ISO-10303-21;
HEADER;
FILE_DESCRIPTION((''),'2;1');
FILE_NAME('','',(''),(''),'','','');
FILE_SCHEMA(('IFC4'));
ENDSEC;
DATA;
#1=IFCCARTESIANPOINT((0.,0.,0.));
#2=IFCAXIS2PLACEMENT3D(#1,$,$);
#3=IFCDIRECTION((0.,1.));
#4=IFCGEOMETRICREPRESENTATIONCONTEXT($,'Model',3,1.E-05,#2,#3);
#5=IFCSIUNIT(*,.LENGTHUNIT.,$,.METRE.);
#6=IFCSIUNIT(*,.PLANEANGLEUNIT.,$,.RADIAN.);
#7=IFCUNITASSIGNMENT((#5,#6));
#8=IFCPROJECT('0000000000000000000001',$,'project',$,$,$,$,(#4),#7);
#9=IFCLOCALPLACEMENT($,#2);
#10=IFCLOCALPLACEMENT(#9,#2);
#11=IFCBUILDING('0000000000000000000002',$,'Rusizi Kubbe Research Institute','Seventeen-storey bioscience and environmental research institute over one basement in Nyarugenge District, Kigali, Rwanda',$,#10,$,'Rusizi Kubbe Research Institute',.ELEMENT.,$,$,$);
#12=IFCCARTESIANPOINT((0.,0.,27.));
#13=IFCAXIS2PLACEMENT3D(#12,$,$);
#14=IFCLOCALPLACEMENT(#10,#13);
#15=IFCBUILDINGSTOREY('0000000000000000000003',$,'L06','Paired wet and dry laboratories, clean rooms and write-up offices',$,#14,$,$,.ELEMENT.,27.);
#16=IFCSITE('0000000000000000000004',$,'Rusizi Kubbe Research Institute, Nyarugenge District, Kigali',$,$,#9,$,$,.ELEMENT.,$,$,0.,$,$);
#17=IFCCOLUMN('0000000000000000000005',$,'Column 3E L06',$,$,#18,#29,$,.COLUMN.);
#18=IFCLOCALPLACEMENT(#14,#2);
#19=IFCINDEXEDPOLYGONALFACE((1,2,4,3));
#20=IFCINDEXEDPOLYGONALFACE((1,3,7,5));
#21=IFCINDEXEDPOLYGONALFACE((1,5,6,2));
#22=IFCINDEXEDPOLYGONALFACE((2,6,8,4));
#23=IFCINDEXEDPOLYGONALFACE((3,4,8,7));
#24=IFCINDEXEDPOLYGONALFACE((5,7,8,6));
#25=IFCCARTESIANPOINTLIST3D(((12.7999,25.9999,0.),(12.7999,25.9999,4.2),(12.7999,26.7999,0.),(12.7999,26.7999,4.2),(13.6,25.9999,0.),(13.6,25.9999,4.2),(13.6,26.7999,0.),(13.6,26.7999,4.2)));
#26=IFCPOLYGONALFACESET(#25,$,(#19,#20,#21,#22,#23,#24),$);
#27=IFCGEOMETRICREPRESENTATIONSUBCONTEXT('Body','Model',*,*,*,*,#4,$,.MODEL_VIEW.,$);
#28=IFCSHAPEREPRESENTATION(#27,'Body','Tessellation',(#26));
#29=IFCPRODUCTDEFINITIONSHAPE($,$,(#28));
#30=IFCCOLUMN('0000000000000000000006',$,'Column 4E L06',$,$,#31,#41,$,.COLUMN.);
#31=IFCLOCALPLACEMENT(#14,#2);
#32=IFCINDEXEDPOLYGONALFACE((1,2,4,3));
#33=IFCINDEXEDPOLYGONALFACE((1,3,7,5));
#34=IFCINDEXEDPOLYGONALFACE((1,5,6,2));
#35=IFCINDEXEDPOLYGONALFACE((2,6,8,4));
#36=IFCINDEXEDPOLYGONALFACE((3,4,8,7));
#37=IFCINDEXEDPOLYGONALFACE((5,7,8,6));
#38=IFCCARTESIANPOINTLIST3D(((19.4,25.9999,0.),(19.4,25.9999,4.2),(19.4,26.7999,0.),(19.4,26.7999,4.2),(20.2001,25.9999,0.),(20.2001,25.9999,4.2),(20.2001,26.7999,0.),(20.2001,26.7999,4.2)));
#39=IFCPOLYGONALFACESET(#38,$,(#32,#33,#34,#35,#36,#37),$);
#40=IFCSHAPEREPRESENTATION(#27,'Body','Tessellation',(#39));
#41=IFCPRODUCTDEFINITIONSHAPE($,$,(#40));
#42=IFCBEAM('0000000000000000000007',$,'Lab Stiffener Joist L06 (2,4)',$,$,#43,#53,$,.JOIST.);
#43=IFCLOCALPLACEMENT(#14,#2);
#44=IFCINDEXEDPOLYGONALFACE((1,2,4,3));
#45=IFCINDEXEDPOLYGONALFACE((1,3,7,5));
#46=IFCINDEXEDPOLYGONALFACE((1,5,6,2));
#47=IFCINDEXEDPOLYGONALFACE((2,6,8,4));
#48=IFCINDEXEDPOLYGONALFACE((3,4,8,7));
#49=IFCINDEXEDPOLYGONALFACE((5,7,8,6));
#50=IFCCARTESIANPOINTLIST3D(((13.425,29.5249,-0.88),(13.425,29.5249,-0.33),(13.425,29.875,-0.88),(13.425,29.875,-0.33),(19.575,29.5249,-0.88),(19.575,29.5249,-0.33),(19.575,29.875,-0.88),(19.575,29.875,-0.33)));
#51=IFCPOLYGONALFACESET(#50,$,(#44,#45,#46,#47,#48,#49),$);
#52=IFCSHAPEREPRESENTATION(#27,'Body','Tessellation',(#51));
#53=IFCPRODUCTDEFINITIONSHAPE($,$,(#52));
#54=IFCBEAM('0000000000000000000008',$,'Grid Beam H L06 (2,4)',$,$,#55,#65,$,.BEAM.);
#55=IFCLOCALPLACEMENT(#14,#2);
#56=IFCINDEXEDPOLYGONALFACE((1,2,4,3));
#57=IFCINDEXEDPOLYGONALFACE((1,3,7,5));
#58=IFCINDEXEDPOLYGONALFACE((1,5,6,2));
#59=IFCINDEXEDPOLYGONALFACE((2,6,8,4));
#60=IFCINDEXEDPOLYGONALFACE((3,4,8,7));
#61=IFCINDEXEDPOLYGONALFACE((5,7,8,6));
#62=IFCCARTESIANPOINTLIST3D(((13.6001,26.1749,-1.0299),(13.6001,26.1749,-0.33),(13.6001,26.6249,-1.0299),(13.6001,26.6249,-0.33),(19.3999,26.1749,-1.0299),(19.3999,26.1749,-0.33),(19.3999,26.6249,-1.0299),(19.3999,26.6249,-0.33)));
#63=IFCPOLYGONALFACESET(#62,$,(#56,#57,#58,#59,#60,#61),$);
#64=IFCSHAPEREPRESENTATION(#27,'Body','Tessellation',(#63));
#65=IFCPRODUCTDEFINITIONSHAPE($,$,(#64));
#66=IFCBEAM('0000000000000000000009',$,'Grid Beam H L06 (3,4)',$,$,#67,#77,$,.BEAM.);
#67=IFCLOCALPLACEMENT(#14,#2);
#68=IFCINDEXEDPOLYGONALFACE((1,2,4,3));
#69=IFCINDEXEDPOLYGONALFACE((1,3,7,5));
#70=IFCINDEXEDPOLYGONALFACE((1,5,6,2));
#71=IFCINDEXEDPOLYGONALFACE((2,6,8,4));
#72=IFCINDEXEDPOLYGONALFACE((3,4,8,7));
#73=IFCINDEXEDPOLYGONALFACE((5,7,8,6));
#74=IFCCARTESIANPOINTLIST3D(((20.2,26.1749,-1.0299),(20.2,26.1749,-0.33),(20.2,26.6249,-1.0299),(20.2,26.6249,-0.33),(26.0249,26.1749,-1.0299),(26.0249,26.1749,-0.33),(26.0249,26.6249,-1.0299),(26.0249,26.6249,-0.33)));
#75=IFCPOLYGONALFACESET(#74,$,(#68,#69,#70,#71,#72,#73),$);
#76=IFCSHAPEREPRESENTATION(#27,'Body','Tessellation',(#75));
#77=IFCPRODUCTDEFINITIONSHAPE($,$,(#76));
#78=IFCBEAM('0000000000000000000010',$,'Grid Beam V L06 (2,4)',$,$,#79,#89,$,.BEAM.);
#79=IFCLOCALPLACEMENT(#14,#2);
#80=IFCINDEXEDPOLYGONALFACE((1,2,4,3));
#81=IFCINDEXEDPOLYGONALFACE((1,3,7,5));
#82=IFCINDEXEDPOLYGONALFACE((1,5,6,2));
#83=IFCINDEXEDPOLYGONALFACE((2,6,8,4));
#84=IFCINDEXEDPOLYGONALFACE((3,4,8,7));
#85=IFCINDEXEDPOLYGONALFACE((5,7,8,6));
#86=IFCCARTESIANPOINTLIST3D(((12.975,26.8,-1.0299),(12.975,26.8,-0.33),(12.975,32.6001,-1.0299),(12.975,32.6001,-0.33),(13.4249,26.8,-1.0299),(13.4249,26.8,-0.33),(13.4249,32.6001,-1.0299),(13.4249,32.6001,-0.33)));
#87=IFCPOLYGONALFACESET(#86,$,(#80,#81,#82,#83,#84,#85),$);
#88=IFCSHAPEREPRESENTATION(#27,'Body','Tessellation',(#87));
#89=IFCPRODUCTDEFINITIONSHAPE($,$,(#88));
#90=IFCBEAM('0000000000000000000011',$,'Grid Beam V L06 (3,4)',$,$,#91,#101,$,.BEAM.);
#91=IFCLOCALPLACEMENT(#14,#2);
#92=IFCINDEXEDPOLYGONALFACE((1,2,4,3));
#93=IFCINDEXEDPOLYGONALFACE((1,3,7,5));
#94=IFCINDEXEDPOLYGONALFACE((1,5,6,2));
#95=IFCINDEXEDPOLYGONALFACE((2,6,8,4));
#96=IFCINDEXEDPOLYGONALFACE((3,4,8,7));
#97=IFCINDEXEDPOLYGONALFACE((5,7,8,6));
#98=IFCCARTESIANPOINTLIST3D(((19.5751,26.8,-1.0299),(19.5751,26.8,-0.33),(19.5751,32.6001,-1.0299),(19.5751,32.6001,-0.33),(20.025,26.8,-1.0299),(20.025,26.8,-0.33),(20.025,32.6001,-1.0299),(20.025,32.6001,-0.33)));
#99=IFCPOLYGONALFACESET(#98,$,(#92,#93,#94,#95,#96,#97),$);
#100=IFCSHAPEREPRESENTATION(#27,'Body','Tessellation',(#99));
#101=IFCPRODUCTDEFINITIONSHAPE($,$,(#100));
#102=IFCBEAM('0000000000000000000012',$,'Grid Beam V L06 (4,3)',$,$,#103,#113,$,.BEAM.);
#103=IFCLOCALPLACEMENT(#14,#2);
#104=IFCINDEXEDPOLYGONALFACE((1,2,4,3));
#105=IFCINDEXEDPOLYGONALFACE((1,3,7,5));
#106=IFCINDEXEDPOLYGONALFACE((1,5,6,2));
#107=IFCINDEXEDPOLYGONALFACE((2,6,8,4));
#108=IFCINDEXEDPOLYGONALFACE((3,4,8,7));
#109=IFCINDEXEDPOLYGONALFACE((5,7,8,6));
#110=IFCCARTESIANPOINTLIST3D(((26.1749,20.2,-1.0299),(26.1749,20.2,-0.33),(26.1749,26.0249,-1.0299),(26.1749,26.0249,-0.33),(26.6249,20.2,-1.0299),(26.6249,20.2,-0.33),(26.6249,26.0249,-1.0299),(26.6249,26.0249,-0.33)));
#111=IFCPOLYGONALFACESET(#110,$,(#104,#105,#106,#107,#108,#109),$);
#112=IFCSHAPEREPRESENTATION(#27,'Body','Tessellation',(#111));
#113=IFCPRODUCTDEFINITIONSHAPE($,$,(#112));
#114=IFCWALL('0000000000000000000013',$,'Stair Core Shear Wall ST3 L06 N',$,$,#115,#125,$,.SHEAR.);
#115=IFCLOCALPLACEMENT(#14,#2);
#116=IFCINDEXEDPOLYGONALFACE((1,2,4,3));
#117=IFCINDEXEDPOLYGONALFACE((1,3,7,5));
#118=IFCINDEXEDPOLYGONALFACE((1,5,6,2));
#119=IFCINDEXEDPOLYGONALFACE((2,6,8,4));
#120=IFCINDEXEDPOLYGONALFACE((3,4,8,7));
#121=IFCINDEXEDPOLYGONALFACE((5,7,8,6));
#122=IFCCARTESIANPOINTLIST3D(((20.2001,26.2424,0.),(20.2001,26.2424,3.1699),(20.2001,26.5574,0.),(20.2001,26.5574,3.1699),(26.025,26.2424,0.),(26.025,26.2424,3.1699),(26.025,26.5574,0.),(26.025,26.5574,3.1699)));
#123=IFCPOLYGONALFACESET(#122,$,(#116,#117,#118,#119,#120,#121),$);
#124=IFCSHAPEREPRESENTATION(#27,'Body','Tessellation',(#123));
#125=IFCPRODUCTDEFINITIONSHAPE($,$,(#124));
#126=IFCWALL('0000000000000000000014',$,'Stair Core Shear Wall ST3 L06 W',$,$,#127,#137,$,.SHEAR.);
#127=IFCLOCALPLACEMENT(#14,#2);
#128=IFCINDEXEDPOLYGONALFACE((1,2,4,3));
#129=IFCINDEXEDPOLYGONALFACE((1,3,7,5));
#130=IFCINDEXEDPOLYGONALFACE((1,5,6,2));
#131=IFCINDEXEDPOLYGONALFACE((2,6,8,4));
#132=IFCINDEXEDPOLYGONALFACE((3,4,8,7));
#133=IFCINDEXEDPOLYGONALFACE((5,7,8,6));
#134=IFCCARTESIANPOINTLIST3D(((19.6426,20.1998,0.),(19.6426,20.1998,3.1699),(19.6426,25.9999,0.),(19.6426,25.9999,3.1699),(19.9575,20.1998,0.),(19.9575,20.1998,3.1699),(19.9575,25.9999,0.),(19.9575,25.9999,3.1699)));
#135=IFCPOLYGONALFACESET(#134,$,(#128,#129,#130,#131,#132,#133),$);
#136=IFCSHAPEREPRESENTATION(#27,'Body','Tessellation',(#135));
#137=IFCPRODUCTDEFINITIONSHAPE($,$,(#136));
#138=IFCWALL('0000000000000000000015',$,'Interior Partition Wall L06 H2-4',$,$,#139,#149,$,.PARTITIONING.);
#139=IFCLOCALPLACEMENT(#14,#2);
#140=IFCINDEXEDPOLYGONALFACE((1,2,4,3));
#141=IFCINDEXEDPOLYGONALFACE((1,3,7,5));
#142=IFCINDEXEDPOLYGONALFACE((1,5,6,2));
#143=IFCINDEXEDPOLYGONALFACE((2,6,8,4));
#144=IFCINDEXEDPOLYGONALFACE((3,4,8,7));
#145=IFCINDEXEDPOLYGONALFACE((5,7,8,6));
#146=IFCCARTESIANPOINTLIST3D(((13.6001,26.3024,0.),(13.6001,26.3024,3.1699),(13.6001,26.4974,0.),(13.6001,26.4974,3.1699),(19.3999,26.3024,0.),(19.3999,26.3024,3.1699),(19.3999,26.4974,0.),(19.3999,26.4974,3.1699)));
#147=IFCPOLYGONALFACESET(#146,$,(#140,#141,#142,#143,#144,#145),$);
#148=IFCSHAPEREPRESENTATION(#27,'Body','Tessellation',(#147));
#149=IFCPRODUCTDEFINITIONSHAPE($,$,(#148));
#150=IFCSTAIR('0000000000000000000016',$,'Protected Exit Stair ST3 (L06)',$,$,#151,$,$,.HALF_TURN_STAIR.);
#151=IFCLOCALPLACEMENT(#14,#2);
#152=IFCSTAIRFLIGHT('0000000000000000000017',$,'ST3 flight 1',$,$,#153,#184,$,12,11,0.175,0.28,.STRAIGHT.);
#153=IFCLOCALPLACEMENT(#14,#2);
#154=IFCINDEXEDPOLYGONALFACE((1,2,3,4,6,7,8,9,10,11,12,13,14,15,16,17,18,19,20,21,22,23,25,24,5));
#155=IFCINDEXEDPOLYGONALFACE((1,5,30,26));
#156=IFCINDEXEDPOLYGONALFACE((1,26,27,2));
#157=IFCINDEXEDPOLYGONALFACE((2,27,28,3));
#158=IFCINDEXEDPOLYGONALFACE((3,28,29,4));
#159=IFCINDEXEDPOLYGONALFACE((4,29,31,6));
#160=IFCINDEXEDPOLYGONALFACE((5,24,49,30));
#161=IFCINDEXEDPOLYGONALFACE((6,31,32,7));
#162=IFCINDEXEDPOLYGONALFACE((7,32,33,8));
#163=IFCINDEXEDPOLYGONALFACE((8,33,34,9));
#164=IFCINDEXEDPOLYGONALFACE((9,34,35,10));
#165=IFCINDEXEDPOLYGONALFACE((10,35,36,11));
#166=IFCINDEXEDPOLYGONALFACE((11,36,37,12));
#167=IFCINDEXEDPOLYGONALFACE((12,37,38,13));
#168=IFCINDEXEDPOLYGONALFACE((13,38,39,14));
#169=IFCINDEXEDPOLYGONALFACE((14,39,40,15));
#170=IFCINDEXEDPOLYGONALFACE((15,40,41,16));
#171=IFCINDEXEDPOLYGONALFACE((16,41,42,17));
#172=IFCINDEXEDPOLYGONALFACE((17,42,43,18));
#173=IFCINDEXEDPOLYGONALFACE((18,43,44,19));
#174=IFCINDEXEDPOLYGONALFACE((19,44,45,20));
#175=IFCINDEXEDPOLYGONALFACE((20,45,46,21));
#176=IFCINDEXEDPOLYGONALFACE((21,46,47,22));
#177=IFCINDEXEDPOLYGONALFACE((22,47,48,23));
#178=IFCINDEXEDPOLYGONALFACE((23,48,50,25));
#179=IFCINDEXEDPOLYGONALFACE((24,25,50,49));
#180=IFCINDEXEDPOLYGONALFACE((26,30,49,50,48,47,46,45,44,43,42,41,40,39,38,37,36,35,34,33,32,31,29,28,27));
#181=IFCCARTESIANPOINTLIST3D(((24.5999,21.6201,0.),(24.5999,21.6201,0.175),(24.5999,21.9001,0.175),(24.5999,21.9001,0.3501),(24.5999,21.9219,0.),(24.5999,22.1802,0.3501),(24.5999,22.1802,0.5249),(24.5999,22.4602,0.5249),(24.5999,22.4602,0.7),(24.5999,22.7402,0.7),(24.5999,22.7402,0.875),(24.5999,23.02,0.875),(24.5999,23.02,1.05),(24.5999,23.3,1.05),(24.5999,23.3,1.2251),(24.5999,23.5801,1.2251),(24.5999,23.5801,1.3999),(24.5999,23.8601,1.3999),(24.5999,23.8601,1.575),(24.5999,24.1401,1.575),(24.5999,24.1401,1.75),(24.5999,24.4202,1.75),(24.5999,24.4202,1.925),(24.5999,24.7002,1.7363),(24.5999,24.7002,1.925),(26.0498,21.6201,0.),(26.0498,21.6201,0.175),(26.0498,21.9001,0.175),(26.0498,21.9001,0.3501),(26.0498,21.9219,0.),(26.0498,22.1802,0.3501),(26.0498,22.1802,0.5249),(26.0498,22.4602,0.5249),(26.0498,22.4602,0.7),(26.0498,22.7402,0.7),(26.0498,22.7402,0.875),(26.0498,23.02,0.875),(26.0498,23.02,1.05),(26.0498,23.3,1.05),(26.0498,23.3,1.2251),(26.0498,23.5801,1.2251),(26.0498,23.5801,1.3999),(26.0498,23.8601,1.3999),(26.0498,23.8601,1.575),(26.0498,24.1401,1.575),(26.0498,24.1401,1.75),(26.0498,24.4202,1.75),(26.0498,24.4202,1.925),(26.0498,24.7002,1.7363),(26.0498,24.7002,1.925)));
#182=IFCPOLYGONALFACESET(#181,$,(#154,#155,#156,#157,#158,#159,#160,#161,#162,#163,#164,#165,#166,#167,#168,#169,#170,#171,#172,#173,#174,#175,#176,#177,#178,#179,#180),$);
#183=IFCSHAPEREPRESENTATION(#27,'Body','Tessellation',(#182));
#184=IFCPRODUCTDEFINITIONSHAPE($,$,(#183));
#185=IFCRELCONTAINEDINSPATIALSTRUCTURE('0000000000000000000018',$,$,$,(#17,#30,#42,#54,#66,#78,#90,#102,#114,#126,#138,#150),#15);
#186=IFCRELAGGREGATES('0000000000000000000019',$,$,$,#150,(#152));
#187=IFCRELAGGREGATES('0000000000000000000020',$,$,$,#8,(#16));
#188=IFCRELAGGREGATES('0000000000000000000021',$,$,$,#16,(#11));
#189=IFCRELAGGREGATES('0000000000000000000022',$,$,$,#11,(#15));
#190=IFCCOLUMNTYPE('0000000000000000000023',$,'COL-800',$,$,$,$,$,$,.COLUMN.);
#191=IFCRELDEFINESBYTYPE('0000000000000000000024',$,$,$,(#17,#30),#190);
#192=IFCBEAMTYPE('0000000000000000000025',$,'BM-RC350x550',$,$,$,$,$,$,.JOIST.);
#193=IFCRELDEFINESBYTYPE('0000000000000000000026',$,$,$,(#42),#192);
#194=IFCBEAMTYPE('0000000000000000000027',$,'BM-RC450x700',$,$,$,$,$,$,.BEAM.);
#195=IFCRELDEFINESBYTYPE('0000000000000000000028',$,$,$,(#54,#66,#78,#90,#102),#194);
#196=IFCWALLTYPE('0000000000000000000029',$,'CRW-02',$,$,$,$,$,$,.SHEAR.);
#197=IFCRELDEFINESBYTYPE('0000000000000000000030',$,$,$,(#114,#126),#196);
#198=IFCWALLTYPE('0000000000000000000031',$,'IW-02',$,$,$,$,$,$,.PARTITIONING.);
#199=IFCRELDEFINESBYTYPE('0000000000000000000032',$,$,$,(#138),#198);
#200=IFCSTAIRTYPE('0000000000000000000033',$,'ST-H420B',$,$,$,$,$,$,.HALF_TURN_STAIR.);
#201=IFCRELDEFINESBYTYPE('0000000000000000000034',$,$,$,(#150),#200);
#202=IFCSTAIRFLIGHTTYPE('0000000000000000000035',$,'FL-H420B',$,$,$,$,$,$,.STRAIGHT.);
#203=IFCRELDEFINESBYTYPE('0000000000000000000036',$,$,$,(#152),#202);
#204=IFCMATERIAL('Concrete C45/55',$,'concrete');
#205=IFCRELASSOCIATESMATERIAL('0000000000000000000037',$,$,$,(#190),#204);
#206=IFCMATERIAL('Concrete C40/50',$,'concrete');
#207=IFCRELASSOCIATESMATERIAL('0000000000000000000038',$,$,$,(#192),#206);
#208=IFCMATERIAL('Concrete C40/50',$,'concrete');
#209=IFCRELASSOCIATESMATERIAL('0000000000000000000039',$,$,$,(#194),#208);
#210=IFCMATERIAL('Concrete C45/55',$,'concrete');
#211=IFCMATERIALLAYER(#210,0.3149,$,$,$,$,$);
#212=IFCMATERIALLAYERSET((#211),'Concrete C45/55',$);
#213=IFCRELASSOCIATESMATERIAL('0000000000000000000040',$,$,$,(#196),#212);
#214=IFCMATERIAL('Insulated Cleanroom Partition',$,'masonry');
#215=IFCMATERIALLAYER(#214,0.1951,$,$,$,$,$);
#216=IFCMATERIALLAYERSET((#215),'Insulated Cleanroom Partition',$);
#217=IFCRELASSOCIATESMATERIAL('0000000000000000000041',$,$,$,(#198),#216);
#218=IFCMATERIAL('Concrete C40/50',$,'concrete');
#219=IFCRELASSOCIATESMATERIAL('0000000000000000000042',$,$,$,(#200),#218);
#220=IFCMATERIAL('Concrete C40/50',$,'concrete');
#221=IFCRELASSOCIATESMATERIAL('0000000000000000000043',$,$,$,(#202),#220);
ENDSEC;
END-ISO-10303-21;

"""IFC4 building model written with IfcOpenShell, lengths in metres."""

from ifc_helpers import new_model, si_unit, direction, frame, frame_2d, origin, origin_2d, place, context, subcontext, project, spatial, polyline, rectangle, outline, extrude, material, layer, layer_set, material_profile, profile_set, type_object, element, aggregate, save


model = new_model("IFC4")

# Units and contexts
model_context = context("Model", 3, precision=1e-05, world=origin(), true_north=direction((0.0, 1.0)))
body_context = subcontext(model_context, "Body", "Model", "MODEL_VIEW")
ifc_project = project(units=[si_unit("LENGTHUNIT", "METRE"), si_unit("PLANEANGLEUNIT", "RADIAN")], contexts=[model_context])

# Site, building, storey
site_placement = place(None, origin())
site = spatial("IfcSite", under=ifc_project, at=site_placement, Name="Rusizi Kubbe Research Institute, Nyarugenge District, Kigali", CompositionType="ELEMENT", RefElevation=0.0)
building_placement = place(site_placement, origin())
building = spatial("IfcBuilding", under=site, at=building_placement, Name="Rusizi Kubbe Research Institute", Description="Seventeen-storey bioscience and environmental research institute over one basement in Nyarugenge District, Kigali, Rwanda", LongName="Rusizi Kubbe Research Institute", CompositionType="ELEMENT")
storey_placement = place(building_placement, frame((0.0, 0.0, 27.0)))
storey = spatial("IfcBuildingStorey", under=building, at=storey_placement, Name="L06", Description="Paired wet and dry laboratories, clean rooms and write-up offices", CompositionType="ELEMENT", Elevation=27.0)

# Columns
ifc_material_1 = material(Name="Concrete C45/55", Category="concrete")
ifc_material_profile_1 = material_profile(ifc_material_1, rectangle(XDim=0.8, YDim=0.8, at=origin_2d()), Name="RC800x800")
ifc_profile_set_1 = profile_set([ifc_material_profile_1], Name="Concrete C45/55")
column_type = type_object("IfcColumnType", Name="COL-800", PredefinedType="COLUMN", material=ifc_profile_set_1)
for number, where, z_axis, x_axis, name in (
    (1, (13.2, 26.3999, 0.0), (0.0, 0.0, 1.0), (1.0, 0.0, 0.0), "Column 3E L06"),
    (2, (19.8, 26.3999, 0.0), (0.0, 0.0, 1.0), (1.0, 0.0, 0.0), "Column 4E L06"),
):
    element("IfcColumn", number, at=place(storey_placement, frame(where, z_axis=z_axis, x_axis=x_axis)), inside=storey, type_object=column_type, Name=name, PredefinedType="COLUMN", context=body_context, shape_type="SweptSolid", body=[
        extrude(rectangle(XDim=0.8, YDim=0.8, at=origin_2d()), origin(), (0.0, 0.0, 1.0), 4.2),
    ])

# Beams
ifc_material_2 = material(Name="Concrete C40/50", Category="concrete")
ifc_material_profile_2 = material_profile(ifc_material_2, rectangle(XDim=0.3501, YDim=0.55, at=origin_2d()), Name="RC350x550")
ifc_profile_set_2 = profile_set([ifc_material_profile_2], Name="Concrete C40/50")
beam_type_1 = type_object("IfcBeamType", Name="BM-RC350x550", PredefinedType="JOIST", material=ifc_profile_set_2)
beam_1_placement = place(storey_placement, frame((13.425, 29.7, -0.605), z_axis=(1.0, 0.0, 0.0), x_axis=(0.0, 1.0, 0.0)))
element("IfcBeam", 3, at=beam_1_placement, inside=storey, type_object=beam_type_1, Name="Lab Stiffener Joist L06 (2,4)", PredefinedType="JOIST", context=body_context, shape_type="SweptSolid", body=[
    extrude(rectangle(XDim=0.3501, YDim=0.55, at=origin_2d()), origin(), (0.0, 0.0, 1.0), 6.1499),
])
ifc_material_3 = material(Name="Concrete C40/50", Category="concrete")
ifc_material_profile_3 = material_profile(ifc_material_3, rectangle(XDim=0.45, YDim=0.7, at=origin_2d()), Name="RC450x700B")
ifc_profile_set_3 = profile_set([ifc_material_profile_3], Name="Concrete C40/50")
beam_type_2 = type_object("IfcBeamType", Name="BM-RC450x700", PredefinedType="BEAM", material=ifc_profile_set_3)
beam_2_placement = place(storey_placement, frame((13.6001, 26.3999, -0.6799), z_axis=(1.0, 0.0, 0.0), x_axis=(0.0, 1.0, 0.0)))
element("IfcBeam", 4, at=beam_2_placement, inside=storey, type_object=beam_type_2, Name="Grid Beam H L06 (2,4)", PredefinedType="BEAM", context=body_context, shape_type="SweptSolid", body=[
    extrude(rectangle(XDim=0.45, YDim=0.7, at=origin_2d()), origin(), (0.0, 0.0, 1.0), 5.7998),
])
beam_3_placement = place(storey_placement, frame((20.2, 26.3999, -0.6799), z_axis=(1.0, 0.0, 0.0), x_axis=(0.0, 1.0, 0.0)))
element("IfcBeam", 5, at=beam_3_placement, inside=storey, type_object=beam_type_2, Name="Grid Beam H L06 (3,4)", PredefinedType="BEAM", context=body_context, shape_type="SweptSolid", body=[
    extrude(rectangle(XDim=0.45, YDim=0.7, at=origin_2d()), origin(), (0.0, 0.0, 1.0), 5.825),
])
for number, where, z_axis, x_axis, name in (
    (6, (13.2, 26.8, -0.6799), (0.0, 1.0, 0.0), (-1.0, 0.0, 0.0), "Grid Beam V L06 (2,4)"),
    (7, (19.8, 26.8, -0.6799), (0.0, 1.0, 0.0), (-1.0, 0.0, 0.0), "Grid Beam V L06 (3,4)"),
):
    element("IfcBeam", number, at=place(storey_placement, frame(where, z_axis=z_axis, x_axis=x_axis)), inside=storey, type_object=beam_type_2, Name=name, PredefinedType="BEAM", context=body_context, shape_type="SweptSolid", body=[
        extrude(rectangle(XDim=0.45, YDim=0.7, at=origin_2d()), origin(), (0.0, 0.0, 1.0), 5.8),
    ])
beam_4_placement = place(storey_placement, frame((26.3999, 20.2, -0.6799), z_axis=(0.0, 1.0, 0.0), x_axis=(-1.0, 0.0, 0.0)))
element("IfcBeam", 8, at=beam_4_placement, inside=storey, type_object=beam_type_2, Name="Grid Beam V L06 (4,3)", PredefinedType="BEAM", context=body_context, shape_type="SweptSolid", body=[
    extrude(rectangle(XDim=0.45, YDim=0.7, at=origin_2d()), origin(), (0.0, 0.0, 1.0), 5.825),
])

# Walls
ifc_material_4 = material(Name="Concrete C45/55", Category="concrete")
ifc_layer_1 = layer(ifc_material_4, 0.3149)
ifc_layer_set_1 = layer_set([ifc_layer_1], Name="Concrete C45/55")
wall_type_1 = type_object("IfcWallType", Name="CRW-02", PredefinedType="SHEAR", material=ifc_layer_set_1)
wall_1_placement = place(storey_placement, frame((20.2, 26.3999, 0.0), z_axis=(0.0, 0.0, 1.0), x_axis=(1.0, 0.0, 0.0)))
element("IfcWall", 9, at=wall_1_placement, inside=storey, type_object=wall_type_1, Name="Stair Core Shear Wall ST3 L06 N", PredefinedType="SHEAR", context=body_context, shape_type="SweptSolid", body=[
    extrude(rectangle(XDim=5.825, YDim=0.3149, at=frame_2d((2.9126, 0.0))), origin(), (0.0, 0.0, 1.0), 3.1699),
])
wall_2_placement = place(storey_placement, frame((19.8, 20.2, 0.0), z_axis=(0.0, 0.0, 1.0), x_axis=(0.0, 1.0, 0.0)))
element("IfcWall", 10, at=wall_2_placement, inside=storey, type_object=wall_type_1, Name="Stair Core Shear Wall ST3 L06 W", PredefinedType="SHEAR", context=body_context, shape_type="SweptSolid", body=[
    extrude(rectangle(XDim=5.8, YDim=0.3149, at=frame_2d((2.8999, 0.0))), origin(), (0.0, 0.0, 1.0), 3.1699),
])

# Wall
ifc_material_5 = material(Name="Insulated Cleanroom Partition", Category="masonry")
ifc_layer_2 = layer(ifc_material_5, 0.1951)
ifc_layer_set_2 = layer_set([ifc_layer_2], Name="Insulated Cleanroom Partition")
wall_type_2 = type_object("IfcWallType", Name="IW-02", PredefinedType="PARTITIONING", material=ifc_layer_set_2)
wall_3_placement = place(storey_placement, frame((13.6001, 26.3999, 0.0), z_axis=(0.0, 0.0, 1.0), x_axis=(1.0, 0.0, 0.0)))
element("IfcWall", 11, at=wall_3_placement, inside=storey, type_object=wall_type_2, Name="Interior Partition Wall L06 H2-4", PredefinedType="PARTITIONING", context=body_context, shape_type="SweptSolid", body=[
    extrude(rectangle(XDim=5.7998, YDim=0.1951, at=frame_2d((2.8999, 0.0))), origin(), (0.0, 0.0, 1.0), 3.1699),
])

# Stair, stair flight
ifc_material_6 = material(Name="Concrete C40/50", Category="concrete")
stair_type = type_object("IfcStairType", Name="ST-H420B", PredefinedType="HALF_TURN_STAIR", material=ifc_material_6)
stair_placement = place(storey_placement, origin())
stair = element("IfcStair", 12, at=stair_placement, inside=storey, type_object=stair_type, Name="Protected Exit Stair ST3 (L06)", PredefinedType="HALF_TURN_STAIR")
ifc_material_7 = material(Name="Concrete C40/50", Category="concrete")
stair_flight_type = type_object("IfcStairFlightType", Name="FL-H420B", PredefinedType="STRAIGHT", material=ifc_material_7)
stair_flight_1_placement = place(storey_placement, frame((25.325, 21.6201, 0.0), z_axis=(0.0, 0.0, 1.0), x_axis=(0.0, 1.0, 0.0)))
stair_flight_1 = element("IfcStairFlight", 13, at=stair_flight_1_placement, type_object=stair_flight_type, Name="ST3 flight 1", NumberOfRisers=12, NumberOfTreads=11, PredefinedType="STRAIGHT", RiserHeight=0.175, TreadLength=0.28, context=body_context, shape_type="SweptSolid", body=[
    extrude(outline(polyline([(0.0, 0.0), (0.0, 0.175), (0.28, 0.175), (0.28, 0.3501), (0.5601, 0.3501), (0.5601, 0.5249), (0.8401, 0.5249), (0.8401, 0.7), (1.1201, 0.7), (1.1201, 0.875), (1.3999, 0.875), (1.3999, 1.05), (1.6799, 1.05), (1.6799, 1.2251), (1.96, 1.2251), (1.96, 1.3999), (2.24, 1.3999), (2.24, 1.575), (2.52, 1.575), (2.52, 1.75), (2.8, 1.75), (2.8, 1.925), (3.0801, 1.925), (3.0801, 2.1001), (3.0801, 1.7363), (0.3018, 0.0), (0.0, 0.0)])), frame((0.0, 0.7251, 0.0), z_axis=(0.0, -1.0, 0.0), x_axis=(1.0, 0.0, 0.0)), (0.0, 0.0, 1.0), 1.45),
])
aggregate(stair, [stair_flight_1])

save(model, "model.ifc")
